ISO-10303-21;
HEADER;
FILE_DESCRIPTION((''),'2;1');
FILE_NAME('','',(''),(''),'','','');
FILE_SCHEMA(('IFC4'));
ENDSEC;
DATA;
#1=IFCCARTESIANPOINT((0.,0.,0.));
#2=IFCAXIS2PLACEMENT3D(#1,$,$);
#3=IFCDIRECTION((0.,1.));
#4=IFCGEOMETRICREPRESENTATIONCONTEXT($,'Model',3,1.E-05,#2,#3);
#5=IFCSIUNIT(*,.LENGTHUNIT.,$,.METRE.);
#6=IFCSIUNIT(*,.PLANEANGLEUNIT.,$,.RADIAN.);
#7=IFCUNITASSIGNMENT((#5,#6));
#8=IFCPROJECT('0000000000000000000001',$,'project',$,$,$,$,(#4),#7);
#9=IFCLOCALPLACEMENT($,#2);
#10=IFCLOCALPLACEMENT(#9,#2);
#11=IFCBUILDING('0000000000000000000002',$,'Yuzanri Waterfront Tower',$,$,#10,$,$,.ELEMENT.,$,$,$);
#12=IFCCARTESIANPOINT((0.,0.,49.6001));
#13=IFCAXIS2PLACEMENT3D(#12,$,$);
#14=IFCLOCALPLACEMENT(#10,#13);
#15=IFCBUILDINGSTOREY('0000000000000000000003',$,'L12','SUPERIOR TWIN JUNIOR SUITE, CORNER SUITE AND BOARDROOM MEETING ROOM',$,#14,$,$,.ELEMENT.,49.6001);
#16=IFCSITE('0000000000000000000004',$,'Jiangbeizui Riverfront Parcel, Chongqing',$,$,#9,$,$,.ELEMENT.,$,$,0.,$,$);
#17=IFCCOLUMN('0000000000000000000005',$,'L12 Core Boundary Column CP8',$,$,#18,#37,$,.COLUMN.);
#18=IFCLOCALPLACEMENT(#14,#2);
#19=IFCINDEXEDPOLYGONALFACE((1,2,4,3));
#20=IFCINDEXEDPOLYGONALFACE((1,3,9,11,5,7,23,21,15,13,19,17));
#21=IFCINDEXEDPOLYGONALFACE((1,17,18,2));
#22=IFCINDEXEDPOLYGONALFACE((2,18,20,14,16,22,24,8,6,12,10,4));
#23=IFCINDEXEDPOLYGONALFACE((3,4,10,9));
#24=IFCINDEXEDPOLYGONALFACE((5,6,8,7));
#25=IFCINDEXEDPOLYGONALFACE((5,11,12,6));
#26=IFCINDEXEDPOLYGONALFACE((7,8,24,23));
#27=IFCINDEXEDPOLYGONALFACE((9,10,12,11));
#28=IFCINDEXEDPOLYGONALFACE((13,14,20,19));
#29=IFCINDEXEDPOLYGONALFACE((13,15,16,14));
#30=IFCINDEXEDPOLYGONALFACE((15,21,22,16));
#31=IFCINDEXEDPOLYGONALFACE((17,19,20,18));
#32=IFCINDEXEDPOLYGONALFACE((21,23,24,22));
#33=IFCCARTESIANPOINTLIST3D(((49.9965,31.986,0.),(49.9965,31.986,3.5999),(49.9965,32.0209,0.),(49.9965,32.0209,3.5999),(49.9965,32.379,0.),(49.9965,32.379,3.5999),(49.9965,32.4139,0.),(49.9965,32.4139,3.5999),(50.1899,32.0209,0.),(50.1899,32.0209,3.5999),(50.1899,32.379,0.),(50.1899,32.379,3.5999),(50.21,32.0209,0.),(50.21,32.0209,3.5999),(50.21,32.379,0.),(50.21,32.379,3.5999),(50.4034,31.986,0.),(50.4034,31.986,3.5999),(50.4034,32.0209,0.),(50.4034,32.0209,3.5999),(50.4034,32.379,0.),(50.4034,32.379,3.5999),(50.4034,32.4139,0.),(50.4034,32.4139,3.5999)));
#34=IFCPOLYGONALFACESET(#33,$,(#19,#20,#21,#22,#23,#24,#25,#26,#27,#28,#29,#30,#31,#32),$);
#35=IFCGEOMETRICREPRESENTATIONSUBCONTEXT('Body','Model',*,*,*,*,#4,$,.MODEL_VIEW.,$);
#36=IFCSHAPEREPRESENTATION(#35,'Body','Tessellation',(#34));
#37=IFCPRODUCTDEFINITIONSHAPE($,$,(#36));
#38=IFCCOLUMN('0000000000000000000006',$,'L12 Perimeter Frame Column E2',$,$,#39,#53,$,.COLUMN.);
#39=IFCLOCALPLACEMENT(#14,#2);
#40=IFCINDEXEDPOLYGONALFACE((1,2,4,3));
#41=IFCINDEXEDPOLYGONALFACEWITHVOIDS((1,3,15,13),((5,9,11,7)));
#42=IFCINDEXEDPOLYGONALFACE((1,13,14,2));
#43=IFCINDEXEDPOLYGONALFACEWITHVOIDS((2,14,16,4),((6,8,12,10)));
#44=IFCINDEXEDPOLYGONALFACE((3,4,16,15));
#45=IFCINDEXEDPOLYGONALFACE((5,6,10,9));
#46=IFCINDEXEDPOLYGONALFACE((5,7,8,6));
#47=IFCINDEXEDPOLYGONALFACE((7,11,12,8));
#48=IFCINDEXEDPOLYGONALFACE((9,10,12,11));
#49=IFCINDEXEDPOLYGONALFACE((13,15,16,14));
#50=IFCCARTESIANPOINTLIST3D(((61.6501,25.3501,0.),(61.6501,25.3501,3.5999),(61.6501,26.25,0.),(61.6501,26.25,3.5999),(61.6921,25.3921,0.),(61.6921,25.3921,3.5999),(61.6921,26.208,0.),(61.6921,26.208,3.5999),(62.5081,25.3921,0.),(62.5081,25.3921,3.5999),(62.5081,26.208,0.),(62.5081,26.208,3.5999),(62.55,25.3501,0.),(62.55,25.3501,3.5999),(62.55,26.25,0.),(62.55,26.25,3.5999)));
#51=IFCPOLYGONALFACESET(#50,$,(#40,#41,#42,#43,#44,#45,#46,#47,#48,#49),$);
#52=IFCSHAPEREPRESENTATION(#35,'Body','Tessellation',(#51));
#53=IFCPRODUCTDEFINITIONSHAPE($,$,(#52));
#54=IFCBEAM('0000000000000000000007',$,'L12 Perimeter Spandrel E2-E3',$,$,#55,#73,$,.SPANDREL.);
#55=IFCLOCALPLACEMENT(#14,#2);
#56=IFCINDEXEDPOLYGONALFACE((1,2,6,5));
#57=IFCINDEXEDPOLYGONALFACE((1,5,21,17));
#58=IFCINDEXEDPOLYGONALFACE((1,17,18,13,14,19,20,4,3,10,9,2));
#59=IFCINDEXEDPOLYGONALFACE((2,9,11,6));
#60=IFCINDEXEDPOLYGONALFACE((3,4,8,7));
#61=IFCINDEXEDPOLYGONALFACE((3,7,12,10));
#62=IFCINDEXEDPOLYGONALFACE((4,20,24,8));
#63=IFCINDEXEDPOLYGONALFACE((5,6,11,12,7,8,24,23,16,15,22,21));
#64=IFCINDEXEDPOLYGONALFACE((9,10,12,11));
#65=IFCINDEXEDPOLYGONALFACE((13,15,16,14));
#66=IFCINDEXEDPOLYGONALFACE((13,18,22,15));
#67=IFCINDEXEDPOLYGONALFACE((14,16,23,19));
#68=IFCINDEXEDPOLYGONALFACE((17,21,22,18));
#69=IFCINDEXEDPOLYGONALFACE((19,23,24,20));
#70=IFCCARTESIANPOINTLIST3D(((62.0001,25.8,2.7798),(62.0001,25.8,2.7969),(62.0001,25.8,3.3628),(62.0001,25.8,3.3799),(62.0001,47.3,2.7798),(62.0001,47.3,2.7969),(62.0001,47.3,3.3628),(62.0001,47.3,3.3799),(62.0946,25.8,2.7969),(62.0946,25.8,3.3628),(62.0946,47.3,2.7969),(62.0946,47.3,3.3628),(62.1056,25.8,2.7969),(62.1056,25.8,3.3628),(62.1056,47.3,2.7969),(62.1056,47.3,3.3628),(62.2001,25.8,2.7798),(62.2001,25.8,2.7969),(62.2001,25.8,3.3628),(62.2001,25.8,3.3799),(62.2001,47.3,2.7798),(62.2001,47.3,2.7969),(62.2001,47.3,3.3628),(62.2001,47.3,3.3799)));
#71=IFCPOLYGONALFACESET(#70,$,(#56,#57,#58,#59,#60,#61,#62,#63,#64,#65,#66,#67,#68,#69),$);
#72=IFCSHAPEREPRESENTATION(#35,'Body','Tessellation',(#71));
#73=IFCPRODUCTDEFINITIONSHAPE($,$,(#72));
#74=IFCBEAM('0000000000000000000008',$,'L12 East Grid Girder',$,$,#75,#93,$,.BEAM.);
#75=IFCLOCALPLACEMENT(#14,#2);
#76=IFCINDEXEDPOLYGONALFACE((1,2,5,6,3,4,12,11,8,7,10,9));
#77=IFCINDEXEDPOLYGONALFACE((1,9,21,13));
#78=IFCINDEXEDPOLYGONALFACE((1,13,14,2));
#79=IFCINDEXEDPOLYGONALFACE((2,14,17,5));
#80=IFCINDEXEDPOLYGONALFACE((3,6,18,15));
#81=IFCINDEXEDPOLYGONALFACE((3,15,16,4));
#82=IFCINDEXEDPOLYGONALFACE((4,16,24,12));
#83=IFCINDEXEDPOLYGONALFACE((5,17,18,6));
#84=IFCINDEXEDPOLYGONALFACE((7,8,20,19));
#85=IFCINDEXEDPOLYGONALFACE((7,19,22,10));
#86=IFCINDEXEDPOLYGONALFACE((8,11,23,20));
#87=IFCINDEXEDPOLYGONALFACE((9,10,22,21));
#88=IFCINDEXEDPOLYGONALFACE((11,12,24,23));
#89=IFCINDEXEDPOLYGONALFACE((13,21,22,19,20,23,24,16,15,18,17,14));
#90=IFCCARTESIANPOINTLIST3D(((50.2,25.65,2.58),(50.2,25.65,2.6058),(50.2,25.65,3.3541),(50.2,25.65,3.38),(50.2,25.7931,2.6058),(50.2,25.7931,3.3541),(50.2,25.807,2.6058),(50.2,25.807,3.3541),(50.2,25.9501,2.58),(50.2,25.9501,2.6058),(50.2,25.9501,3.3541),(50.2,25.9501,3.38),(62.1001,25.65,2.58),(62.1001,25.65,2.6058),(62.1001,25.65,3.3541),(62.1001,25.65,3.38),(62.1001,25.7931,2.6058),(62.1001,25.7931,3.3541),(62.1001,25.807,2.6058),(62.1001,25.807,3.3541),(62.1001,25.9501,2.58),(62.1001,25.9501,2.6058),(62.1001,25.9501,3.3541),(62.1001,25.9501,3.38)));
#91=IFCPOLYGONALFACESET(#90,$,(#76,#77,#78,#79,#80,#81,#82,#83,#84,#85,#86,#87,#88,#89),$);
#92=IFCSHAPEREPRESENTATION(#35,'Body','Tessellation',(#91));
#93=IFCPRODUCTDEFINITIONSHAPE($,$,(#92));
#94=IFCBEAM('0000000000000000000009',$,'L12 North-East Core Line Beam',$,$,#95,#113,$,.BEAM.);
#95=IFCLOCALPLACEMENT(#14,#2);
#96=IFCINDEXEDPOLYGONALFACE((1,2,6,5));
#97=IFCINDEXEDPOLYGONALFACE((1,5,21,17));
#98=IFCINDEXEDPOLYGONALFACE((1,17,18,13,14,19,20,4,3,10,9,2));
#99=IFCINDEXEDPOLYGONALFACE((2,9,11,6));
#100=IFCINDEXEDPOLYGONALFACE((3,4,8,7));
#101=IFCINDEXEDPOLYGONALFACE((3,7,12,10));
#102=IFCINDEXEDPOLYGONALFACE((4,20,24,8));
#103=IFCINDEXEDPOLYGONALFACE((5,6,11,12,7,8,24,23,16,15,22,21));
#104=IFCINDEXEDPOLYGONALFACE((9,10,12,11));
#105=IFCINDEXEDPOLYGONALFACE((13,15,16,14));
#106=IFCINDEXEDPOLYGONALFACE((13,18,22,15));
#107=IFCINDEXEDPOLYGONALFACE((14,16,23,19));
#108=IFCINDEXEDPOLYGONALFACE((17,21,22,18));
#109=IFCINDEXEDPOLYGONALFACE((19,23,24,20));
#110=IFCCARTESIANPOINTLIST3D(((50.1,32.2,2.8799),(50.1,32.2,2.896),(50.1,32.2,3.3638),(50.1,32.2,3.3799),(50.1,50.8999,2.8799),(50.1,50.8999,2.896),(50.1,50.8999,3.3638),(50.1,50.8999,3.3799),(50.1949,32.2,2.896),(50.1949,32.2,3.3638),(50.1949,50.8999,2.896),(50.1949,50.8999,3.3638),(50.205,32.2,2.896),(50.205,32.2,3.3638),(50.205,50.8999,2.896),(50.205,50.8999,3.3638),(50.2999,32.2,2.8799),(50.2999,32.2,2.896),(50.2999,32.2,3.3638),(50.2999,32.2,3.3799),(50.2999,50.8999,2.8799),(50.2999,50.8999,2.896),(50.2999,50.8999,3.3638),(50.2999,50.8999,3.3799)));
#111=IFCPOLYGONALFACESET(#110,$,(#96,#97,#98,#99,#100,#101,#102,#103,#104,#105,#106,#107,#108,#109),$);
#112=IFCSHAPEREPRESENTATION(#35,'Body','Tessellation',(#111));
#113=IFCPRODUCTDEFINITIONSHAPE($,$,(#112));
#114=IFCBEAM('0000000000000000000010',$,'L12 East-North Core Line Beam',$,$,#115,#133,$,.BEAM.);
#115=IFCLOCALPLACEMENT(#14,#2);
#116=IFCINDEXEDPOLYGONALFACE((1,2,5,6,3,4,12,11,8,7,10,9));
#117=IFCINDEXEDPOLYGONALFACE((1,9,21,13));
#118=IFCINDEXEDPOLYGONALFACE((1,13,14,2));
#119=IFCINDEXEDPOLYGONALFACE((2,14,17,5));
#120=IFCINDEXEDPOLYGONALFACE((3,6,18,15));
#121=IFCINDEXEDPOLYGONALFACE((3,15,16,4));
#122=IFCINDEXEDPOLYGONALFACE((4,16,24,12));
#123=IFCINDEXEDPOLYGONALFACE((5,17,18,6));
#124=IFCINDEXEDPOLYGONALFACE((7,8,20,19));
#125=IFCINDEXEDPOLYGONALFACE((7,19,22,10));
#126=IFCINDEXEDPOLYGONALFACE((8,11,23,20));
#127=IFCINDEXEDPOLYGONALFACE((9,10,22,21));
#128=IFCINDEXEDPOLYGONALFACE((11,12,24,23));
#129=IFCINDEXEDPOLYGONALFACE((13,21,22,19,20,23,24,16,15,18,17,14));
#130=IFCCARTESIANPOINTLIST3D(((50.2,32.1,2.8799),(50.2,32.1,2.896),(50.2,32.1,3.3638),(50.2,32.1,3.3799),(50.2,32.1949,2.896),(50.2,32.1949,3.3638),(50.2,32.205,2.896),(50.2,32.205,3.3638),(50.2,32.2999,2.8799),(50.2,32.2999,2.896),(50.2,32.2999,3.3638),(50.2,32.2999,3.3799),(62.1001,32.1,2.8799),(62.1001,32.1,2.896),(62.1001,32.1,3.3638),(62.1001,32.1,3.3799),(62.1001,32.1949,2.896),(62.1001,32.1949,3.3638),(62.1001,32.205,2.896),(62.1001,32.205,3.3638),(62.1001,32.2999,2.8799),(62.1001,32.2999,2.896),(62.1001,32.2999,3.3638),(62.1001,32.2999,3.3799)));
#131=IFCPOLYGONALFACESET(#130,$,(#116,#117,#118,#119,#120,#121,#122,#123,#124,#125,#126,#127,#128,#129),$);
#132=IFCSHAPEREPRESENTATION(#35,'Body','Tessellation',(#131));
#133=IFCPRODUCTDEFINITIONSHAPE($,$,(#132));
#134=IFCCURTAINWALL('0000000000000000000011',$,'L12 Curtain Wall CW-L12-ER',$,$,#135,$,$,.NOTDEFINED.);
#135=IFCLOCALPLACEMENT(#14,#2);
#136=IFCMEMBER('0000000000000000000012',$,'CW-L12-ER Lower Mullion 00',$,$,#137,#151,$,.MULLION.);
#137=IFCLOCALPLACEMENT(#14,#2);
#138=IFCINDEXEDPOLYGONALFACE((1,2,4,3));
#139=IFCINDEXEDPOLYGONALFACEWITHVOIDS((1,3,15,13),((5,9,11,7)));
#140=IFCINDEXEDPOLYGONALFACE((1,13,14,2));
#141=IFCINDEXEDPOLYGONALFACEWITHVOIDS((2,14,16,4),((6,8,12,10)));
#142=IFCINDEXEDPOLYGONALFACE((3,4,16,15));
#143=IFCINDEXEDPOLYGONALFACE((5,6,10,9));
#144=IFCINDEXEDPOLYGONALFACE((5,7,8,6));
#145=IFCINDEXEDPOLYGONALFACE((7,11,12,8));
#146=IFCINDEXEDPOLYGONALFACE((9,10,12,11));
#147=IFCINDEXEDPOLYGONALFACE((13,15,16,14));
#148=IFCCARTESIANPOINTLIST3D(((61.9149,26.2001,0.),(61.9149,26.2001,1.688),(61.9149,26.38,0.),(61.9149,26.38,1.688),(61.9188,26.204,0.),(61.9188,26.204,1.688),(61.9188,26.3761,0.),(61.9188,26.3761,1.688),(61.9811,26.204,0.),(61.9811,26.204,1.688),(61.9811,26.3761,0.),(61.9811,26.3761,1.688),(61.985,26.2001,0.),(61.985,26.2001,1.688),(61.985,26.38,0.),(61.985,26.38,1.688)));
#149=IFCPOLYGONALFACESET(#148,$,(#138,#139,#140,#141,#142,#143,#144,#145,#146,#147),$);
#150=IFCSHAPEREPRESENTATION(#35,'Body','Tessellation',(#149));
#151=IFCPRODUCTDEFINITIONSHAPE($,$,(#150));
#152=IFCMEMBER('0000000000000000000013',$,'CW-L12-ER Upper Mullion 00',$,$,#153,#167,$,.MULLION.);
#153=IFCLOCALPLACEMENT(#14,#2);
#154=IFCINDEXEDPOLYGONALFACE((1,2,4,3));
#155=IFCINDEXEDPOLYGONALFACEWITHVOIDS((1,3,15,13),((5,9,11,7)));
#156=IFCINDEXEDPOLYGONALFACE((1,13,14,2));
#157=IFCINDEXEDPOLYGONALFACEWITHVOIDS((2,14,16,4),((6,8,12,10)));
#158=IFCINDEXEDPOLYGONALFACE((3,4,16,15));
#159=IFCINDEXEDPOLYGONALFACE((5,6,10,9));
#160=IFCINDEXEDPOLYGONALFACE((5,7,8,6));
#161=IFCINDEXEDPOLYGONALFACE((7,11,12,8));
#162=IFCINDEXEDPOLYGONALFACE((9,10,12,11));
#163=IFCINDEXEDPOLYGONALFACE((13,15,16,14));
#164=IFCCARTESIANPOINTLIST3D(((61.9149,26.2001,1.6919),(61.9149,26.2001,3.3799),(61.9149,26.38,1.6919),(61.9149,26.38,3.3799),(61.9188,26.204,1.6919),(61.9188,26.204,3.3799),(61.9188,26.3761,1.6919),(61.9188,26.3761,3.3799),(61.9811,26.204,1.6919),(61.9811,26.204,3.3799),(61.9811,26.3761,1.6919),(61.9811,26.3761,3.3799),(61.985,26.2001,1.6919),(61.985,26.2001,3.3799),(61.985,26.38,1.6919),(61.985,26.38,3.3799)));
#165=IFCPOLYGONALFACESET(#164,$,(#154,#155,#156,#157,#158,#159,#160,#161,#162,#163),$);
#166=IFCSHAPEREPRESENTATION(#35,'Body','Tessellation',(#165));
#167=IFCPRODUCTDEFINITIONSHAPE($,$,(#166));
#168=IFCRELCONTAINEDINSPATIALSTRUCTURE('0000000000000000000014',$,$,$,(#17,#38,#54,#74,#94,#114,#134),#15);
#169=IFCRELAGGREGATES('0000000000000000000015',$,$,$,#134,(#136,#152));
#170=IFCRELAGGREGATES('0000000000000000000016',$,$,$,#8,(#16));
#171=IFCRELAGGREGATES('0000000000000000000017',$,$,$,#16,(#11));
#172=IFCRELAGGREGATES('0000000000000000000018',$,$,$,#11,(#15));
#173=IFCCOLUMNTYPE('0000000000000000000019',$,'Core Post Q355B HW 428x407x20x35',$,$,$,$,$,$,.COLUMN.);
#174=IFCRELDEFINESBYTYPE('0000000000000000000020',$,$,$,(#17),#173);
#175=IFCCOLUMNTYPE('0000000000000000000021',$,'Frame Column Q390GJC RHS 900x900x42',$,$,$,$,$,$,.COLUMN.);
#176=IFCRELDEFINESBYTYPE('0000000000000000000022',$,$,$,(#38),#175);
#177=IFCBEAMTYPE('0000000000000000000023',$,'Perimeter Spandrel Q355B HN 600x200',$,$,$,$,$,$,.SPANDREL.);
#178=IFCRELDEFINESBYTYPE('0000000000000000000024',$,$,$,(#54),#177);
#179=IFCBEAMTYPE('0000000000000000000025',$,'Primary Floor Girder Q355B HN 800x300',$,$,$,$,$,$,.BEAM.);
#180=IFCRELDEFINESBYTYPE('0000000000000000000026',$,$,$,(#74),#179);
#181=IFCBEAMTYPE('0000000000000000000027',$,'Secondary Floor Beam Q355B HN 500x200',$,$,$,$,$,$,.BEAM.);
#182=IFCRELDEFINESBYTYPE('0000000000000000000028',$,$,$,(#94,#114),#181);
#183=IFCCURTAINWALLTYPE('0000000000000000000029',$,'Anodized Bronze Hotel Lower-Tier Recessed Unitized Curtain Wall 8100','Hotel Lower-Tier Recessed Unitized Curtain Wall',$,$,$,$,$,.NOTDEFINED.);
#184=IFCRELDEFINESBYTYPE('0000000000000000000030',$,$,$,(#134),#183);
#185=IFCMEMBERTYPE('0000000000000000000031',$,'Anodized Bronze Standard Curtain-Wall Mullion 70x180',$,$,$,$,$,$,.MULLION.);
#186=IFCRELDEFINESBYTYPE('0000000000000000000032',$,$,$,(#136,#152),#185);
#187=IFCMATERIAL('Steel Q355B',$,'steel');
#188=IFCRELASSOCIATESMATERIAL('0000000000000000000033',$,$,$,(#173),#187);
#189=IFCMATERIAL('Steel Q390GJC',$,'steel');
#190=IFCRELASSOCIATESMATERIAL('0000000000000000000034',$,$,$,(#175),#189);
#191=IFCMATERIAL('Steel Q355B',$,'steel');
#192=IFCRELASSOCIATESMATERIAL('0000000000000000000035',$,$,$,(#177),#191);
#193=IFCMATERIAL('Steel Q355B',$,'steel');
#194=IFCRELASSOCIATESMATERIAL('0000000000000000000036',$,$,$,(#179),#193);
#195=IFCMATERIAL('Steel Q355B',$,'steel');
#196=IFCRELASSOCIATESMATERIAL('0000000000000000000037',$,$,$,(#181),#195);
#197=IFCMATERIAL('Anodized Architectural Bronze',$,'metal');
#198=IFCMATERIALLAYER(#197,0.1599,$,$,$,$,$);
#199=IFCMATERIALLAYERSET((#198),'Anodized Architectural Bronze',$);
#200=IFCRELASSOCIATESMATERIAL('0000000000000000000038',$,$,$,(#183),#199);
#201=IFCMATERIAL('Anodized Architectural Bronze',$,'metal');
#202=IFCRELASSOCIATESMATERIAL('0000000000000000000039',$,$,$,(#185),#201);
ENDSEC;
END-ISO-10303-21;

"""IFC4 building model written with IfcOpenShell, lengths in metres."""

from ifc_helpers import new_model, si_unit, direction, frame, origin, origin_2d, place, context, subcontext, project, spatial, hollow_rectangle, i_section, extrude, source, transform, mapped, material, layer, layer_set, material_profile, profile_set, type_object, element, aggregate, save


model = new_model("IFC4")

# Units and contexts
model_context = context("Model", 3, precision=1e-05, world=origin(), true_north=direction((0.0, 1.0)))
body_context = subcontext(model_context, "Body", "Model", "MODEL_VIEW")
ifc_project = project(units=[si_unit("LENGTHUNIT", "METRE"), si_unit("PLANEANGLEUNIT", "RADIAN")], contexts=[model_context])

# Site, building, storey
site_placement = place(None, origin())
site = spatial("IfcSite", under=ifc_project, at=site_placement, Name="Jiangbeizui Riverfront Parcel, Chongqing", CompositionType="ELEMENT", RefElevation=0.0)
building_placement = place(site_placement, origin())
building = spatial("IfcBuilding", under=site, at=building_placement, Name="Yuzanri Waterfront Tower", CompositionType="ELEMENT")
storey_placement = place(building_placement, frame((0.0, 0.0, 49.6001)))
storey = spatial("IfcBuildingStorey", under=building, at=storey_placement, Name="L12", Description="SUPERIOR TWIN JUNIOR SUITE, CORNER SUITE AND BOARDROOM MEETING ROOM", CompositionType="ELEMENT", Elevation=49.6001)

# Columns
ifc_material_1 = material(Name="Steel Q355B", Category="steel")
ifc_material_profile_1 = material_profile(ifc_material_1, i_section(OverallWidth=0.407, OverallDepth=0.428, WebThickness=0.02, FlangeThickness=0.0349, at=origin_2d()), Name="HW 428x407x20x35")
ifc_profile_set_1 = profile_set([ifc_material_profile_1], Name="Steel Q355B")
column_type_1 = type_object("IfcColumnType", Name="Core Post Q355B HW 428x407x20x35", PredefinedType="COLUMN", material=ifc_profile_set_1)
shared_shape_1 = source(origin(), body_context, "Body", "SweptSolid", [
    extrude(i_section(OverallWidth=0.407, OverallDepth=0.428, WebThickness=0.02, FlangeThickness=0.0349, at=origin_2d()), origin(), (0.0, 0.0, 1.0), 3.5999),
])
column_1_placement = place(storey_placement, frame((50.2, 32.2, 0.0), z_axis=(0.0, 0.0, 1.0), x_axis=(1.0, 0.0, 0.0)))
element("IfcColumn", 1, at=column_1_placement, inside=storey, type_object=column_type_1, Name="L12 Core Boundary Column CP8", PredefinedType="COLUMN", context=body_context, shape_type="MappedRepresentation", body=[
    mapped(shared_shape_1, transform((0.0, 0.0, 0.0), scale=1.0)),
])
ifc_material_2 = material(Name="Steel Q390GJC", Category="steel")
ifc_material_profile_2 = material_profile(ifc_material_2, hollow_rectangle(XDim=0.8999, YDim=0.8999, WallThickness=0.042, at=origin_2d()), Name="RHS 900x900x42")
ifc_profile_set_2 = profile_set([ifc_material_profile_2], Name="Steel Q390GJC")
column_type_2 = type_object("IfcColumnType", Name="Frame Column Q390GJC RHS 900x900x42", PredefinedType="COLUMN", material=ifc_profile_set_2)
shared_shape_2 = source(origin(), body_context, "Body", "SweptSolid", [
    extrude(hollow_rectangle(XDim=0.8999, YDim=0.8999, WallThickness=0.042, at=origin_2d()), origin(), (0.0, 0.0, 1.0), 3.5999),
])
column_2_placement = place(storey_placement, frame((62.1001, 25.8, 0.0), z_axis=(0.0, 0.0, 1.0), x_axis=(1.0, 0.0, 0.0)))
element("IfcColumn", 2, at=column_2_placement, inside=storey, type_object=column_type_2, Name="L12 Perimeter Frame Column E2", PredefinedType="COLUMN", context=body_context, shape_type="MappedRepresentation", body=[
    mapped(shared_shape_2, transform((0.0, 0.0, 0.0), scale=1.0)),
])

# Beams
ifc_material_3 = material(Name="Steel Q355B", Category="steel")
ifc_material_profile_3 = material_profile(ifc_material_3, i_section(OverallWidth=0.2, OverallDepth=0.6001, WebThickness=0.011, FlangeThickness=0.0171, at=origin_2d()), Name="HN 600x200x11x17")
ifc_profile_set_3 = profile_set([ifc_material_profile_3], Name="Steel Q355B")
beam_type_1 = type_object("IfcBeamType", Name="Perimeter Spandrel Q355B HN 600x200", PredefinedType="SPANDREL", material=ifc_profile_set_3)
shared_shape_3 = source(origin(), body_context, "Body", "SweptSolid", [
    extrude(i_section(OverallWidth=0.2, OverallDepth=0.6001, WebThickness=0.011, FlangeThickness=0.0171, at=origin_2d()), origin(), (0.0, 0.0, 1.0), 21.5),
])
beam_1_placement = place(storey_placement, frame((62.1001, 25.8, 3.0798), z_axis=(0.0, 1.0, 0.0), x_axis=(-1.0, 0.0, 0.0)))
element("IfcBeam", 3, at=beam_1_placement, inside=storey, type_object=beam_type_1, Name="L12 Perimeter Spandrel E2-E3", PredefinedType="SPANDREL", context=body_context, shape_type="MappedRepresentation", body=[
    mapped(shared_shape_3, transform((0.0, 0.0, 0.0), scale=1.0)),
])
ifc_material_4 = material(Name="Steel Q355B", Category="steel")
ifc_material_profile_4 = material_profile(ifc_material_4, i_section(OverallWidth=0.3, OverallDepth=0.8, WebThickness=0.0139, FlangeThickness=0.0259, at=origin_2d()), Name="HN 800x300x14x26")
ifc_profile_set_4 = profile_set([ifc_material_profile_4], Name="Steel Q355B")
beam_type_2 = type_object("IfcBeamType", Name="Primary Floor Girder Q355B HN 800x300", PredefinedType="BEAM", material=ifc_profile_set_4)
shared_shape_4 = source(origin(), body_context, "Body", "SweptSolid", [
    extrude(i_section(OverallWidth=0.3, OverallDepth=0.8, WebThickness=0.0139, FlangeThickness=0.0259, at=origin_2d()), origin(), (0.0, 0.0, 1.0), 11.9001),
])
beam_2_placement = place(storey_placement, frame((50.2, 25.8, 2.98), z_axis=(1.0, 0.0, 0.0), x_axis=(0.0, 1.0, 0.0)))
element("IfcBeam", 4, at=beam_2_placement, inside=storey, type_object=beam_type_2, Name="L12 East Grid Girder", PredefinedType="BEAM", context=body_context, shape_type="MappedRepresentation", body=[
    mapped(shared_shape_4, transform((0.0, 0.0, 0.0), scale=1.0)),
])
ifc_material_5 = material(Name="Steel Q355B", Category="steel")
ifc_material_profile_5 = material_profile(ifc_material_5, i_section(OverallWidth=0.2, OverallDepth=0.5, WebThickness=0.01, FlangeThickness=0.0161, at=origin_2d()), Name="HN 500x200x10x16")
ifc_profile_set_5 = profile_set([ifc_material_profile_5], Name="Steel Q355B")
beam_type_3 = type_object("IfcBeamType", Name="Secondary Floor Beam Q355B HN 500x200", PredefinedType="BEAM", material=ifc_profile_set_5)
shared_shape_5 = source(origin(), body_context, "Body", "SweptSolid", [
    extrude(i_section(OverallWidth=0.2, OverallDepth=0.5, WebThickness=0.01, FlangeThickness=0.0161, at=origin_2d()), origin(), (0.0, 0.0, 1.0), 18.7),
])
beam_3_placement = place(storey_placement, frame((50.2, 32.2, 3.1299), z_axis=(0.0, 1.0, 0.0), x_axis=(-1.0, 0.0, 0.0)))
element("IfcBeam", 5, at=beam_3_placement, inside=storey, type_object=beam_type_3, Name="L12 North-East Core Line Beam", PredefinedType="BEAM", context=body_context, shape_type="MappedRepresentation", body=[
    mapped(shared_shape_5, transform((0.0, 0.0, 0.0), scale=1.0)),
])
shared_shape_6 = source(origin(), body_context, "Body", "SweptSolid", [
    extrude(i_section(OverallWidth=0.2, OverallDepth=0.5, WebThickness=0.01, FlangeThickness=0.0161, at=origin_2d()), origin(), (0.0, 0.0, 1.0), 11.9001),
])
beam_4_placement = place(storey_placement, frame((50.2, 32.2, 3.1299), z_axis=(1.0, 0.0, 0.0), x_axis=(0.0, 1.0, 0.0)))
element("IfcBeam", 6, at=beam_4_placement, inside=storey, type_object=beam_type_3, Name="L12 East-North Core Line Beam", PredefinedType="BEAM", context=body_context, shape_type="MappedRepresentation", body=[
    mapped(shared_shape_6, transform((0.0, 0.0, 0.0), scale=1.0)),
])

# Curtain wall, members
ifc_material_6 = material(Name="Anodized Architectural Bronze", Category="metal")
ifc_layer_1 = layer(ifc_material_6, 0.1599)
ifc_layer_set_1 = layer_set([ifc_layer_1], Name="Anodized Architectural Bronze")
curtain_wall_type = type_object("IfcCurtainWallType", Name="Anodized Bronze Hotel Lower-Tier Recessed Unitized Curtain Wall 8100", Description="Hotel Lower-Tier Recessed Unitized Curtain Wall", PredefinedType="NOTDEFINED", material=ifc_layer_set_1)
curtain_wall_placement = place(storey_placement, origin())
curtain_wall = element("IfcCurtainWall", 7, at=curtain_wall_placement, inside=storey, type_object=curtain_wall_type, Name="L12 Curtain Wall CW-L12-ER", PredefinedType="NOTDEFINED")
ifc_material_7 = material(Name="Anodized Architectural Bronze", Category="metal")
ifc_material_profile_6 = material_profile(ifc_material_7, hollow_rectangle(XDim=0.0701, YDim=0.1799, WallThickness=0.0039, at=origin_2d()), Name="CWM 70x180")
ifc_profile_set_6 = profile_set([ifc_material_profile_6], Name="Anodized Architectural Bronze")
member_type_1 = type_object("IfcMemberType", Name="Anodized Bronze Standard Curtain-Wall Mullion 70x180", PredefinedType="MULLION", material=ifc_profile_set_6)
shared_shape_7 = source(origin(), body_context, "Body", "SweptSolid", [
    extrude(hollow_rectangle(XDim=0.0701, YDim=0.1799, WallThickness=0.0039, at=origin_2d()), origin(), (0.0, 0.0, 1.0), 1.688),
])
member_1_placement = place(storey_placement, frame((61.95, 26.29, 0.0), z_axis=(0.0, 0.0, 1.0), x_axis=(1.0, 0.0, 0.0)))
member_1 = element("IfcMember", 8, at=member_1_placement, type_object=member_type_1, Name="CW-L12-ER Lower Mullion 00", PredefinedType="MULLION", context=body_context, shape_type="MappedRepresentation", body=[
    mapped(shared_shape_7, transform((0.0, 0.0, 0.0), scale=1.0)),
])
member_2_placement = place(storey_placement, frame((61.95, 26.29, 1.6919), z_axis=(0.0, 0.0, 1.0), x_axis=(1.0, 0.0, 0.0)))
member_2 = element("IfcMember", 9, at=member_2_placement, type_object=member_type_1, Name="CW-L12-ER Upper Mullion 00", PredefinedType="MULLION", context=body_context, shape_type="MappedRepresentation", body=[
    mapped(shared_shape_7, transform((0.0, 0.0, 0.0), scale=1.0)),
])
aggregate(curtain_wall, [member_1, member_2])

save(model, "model.ifc")
